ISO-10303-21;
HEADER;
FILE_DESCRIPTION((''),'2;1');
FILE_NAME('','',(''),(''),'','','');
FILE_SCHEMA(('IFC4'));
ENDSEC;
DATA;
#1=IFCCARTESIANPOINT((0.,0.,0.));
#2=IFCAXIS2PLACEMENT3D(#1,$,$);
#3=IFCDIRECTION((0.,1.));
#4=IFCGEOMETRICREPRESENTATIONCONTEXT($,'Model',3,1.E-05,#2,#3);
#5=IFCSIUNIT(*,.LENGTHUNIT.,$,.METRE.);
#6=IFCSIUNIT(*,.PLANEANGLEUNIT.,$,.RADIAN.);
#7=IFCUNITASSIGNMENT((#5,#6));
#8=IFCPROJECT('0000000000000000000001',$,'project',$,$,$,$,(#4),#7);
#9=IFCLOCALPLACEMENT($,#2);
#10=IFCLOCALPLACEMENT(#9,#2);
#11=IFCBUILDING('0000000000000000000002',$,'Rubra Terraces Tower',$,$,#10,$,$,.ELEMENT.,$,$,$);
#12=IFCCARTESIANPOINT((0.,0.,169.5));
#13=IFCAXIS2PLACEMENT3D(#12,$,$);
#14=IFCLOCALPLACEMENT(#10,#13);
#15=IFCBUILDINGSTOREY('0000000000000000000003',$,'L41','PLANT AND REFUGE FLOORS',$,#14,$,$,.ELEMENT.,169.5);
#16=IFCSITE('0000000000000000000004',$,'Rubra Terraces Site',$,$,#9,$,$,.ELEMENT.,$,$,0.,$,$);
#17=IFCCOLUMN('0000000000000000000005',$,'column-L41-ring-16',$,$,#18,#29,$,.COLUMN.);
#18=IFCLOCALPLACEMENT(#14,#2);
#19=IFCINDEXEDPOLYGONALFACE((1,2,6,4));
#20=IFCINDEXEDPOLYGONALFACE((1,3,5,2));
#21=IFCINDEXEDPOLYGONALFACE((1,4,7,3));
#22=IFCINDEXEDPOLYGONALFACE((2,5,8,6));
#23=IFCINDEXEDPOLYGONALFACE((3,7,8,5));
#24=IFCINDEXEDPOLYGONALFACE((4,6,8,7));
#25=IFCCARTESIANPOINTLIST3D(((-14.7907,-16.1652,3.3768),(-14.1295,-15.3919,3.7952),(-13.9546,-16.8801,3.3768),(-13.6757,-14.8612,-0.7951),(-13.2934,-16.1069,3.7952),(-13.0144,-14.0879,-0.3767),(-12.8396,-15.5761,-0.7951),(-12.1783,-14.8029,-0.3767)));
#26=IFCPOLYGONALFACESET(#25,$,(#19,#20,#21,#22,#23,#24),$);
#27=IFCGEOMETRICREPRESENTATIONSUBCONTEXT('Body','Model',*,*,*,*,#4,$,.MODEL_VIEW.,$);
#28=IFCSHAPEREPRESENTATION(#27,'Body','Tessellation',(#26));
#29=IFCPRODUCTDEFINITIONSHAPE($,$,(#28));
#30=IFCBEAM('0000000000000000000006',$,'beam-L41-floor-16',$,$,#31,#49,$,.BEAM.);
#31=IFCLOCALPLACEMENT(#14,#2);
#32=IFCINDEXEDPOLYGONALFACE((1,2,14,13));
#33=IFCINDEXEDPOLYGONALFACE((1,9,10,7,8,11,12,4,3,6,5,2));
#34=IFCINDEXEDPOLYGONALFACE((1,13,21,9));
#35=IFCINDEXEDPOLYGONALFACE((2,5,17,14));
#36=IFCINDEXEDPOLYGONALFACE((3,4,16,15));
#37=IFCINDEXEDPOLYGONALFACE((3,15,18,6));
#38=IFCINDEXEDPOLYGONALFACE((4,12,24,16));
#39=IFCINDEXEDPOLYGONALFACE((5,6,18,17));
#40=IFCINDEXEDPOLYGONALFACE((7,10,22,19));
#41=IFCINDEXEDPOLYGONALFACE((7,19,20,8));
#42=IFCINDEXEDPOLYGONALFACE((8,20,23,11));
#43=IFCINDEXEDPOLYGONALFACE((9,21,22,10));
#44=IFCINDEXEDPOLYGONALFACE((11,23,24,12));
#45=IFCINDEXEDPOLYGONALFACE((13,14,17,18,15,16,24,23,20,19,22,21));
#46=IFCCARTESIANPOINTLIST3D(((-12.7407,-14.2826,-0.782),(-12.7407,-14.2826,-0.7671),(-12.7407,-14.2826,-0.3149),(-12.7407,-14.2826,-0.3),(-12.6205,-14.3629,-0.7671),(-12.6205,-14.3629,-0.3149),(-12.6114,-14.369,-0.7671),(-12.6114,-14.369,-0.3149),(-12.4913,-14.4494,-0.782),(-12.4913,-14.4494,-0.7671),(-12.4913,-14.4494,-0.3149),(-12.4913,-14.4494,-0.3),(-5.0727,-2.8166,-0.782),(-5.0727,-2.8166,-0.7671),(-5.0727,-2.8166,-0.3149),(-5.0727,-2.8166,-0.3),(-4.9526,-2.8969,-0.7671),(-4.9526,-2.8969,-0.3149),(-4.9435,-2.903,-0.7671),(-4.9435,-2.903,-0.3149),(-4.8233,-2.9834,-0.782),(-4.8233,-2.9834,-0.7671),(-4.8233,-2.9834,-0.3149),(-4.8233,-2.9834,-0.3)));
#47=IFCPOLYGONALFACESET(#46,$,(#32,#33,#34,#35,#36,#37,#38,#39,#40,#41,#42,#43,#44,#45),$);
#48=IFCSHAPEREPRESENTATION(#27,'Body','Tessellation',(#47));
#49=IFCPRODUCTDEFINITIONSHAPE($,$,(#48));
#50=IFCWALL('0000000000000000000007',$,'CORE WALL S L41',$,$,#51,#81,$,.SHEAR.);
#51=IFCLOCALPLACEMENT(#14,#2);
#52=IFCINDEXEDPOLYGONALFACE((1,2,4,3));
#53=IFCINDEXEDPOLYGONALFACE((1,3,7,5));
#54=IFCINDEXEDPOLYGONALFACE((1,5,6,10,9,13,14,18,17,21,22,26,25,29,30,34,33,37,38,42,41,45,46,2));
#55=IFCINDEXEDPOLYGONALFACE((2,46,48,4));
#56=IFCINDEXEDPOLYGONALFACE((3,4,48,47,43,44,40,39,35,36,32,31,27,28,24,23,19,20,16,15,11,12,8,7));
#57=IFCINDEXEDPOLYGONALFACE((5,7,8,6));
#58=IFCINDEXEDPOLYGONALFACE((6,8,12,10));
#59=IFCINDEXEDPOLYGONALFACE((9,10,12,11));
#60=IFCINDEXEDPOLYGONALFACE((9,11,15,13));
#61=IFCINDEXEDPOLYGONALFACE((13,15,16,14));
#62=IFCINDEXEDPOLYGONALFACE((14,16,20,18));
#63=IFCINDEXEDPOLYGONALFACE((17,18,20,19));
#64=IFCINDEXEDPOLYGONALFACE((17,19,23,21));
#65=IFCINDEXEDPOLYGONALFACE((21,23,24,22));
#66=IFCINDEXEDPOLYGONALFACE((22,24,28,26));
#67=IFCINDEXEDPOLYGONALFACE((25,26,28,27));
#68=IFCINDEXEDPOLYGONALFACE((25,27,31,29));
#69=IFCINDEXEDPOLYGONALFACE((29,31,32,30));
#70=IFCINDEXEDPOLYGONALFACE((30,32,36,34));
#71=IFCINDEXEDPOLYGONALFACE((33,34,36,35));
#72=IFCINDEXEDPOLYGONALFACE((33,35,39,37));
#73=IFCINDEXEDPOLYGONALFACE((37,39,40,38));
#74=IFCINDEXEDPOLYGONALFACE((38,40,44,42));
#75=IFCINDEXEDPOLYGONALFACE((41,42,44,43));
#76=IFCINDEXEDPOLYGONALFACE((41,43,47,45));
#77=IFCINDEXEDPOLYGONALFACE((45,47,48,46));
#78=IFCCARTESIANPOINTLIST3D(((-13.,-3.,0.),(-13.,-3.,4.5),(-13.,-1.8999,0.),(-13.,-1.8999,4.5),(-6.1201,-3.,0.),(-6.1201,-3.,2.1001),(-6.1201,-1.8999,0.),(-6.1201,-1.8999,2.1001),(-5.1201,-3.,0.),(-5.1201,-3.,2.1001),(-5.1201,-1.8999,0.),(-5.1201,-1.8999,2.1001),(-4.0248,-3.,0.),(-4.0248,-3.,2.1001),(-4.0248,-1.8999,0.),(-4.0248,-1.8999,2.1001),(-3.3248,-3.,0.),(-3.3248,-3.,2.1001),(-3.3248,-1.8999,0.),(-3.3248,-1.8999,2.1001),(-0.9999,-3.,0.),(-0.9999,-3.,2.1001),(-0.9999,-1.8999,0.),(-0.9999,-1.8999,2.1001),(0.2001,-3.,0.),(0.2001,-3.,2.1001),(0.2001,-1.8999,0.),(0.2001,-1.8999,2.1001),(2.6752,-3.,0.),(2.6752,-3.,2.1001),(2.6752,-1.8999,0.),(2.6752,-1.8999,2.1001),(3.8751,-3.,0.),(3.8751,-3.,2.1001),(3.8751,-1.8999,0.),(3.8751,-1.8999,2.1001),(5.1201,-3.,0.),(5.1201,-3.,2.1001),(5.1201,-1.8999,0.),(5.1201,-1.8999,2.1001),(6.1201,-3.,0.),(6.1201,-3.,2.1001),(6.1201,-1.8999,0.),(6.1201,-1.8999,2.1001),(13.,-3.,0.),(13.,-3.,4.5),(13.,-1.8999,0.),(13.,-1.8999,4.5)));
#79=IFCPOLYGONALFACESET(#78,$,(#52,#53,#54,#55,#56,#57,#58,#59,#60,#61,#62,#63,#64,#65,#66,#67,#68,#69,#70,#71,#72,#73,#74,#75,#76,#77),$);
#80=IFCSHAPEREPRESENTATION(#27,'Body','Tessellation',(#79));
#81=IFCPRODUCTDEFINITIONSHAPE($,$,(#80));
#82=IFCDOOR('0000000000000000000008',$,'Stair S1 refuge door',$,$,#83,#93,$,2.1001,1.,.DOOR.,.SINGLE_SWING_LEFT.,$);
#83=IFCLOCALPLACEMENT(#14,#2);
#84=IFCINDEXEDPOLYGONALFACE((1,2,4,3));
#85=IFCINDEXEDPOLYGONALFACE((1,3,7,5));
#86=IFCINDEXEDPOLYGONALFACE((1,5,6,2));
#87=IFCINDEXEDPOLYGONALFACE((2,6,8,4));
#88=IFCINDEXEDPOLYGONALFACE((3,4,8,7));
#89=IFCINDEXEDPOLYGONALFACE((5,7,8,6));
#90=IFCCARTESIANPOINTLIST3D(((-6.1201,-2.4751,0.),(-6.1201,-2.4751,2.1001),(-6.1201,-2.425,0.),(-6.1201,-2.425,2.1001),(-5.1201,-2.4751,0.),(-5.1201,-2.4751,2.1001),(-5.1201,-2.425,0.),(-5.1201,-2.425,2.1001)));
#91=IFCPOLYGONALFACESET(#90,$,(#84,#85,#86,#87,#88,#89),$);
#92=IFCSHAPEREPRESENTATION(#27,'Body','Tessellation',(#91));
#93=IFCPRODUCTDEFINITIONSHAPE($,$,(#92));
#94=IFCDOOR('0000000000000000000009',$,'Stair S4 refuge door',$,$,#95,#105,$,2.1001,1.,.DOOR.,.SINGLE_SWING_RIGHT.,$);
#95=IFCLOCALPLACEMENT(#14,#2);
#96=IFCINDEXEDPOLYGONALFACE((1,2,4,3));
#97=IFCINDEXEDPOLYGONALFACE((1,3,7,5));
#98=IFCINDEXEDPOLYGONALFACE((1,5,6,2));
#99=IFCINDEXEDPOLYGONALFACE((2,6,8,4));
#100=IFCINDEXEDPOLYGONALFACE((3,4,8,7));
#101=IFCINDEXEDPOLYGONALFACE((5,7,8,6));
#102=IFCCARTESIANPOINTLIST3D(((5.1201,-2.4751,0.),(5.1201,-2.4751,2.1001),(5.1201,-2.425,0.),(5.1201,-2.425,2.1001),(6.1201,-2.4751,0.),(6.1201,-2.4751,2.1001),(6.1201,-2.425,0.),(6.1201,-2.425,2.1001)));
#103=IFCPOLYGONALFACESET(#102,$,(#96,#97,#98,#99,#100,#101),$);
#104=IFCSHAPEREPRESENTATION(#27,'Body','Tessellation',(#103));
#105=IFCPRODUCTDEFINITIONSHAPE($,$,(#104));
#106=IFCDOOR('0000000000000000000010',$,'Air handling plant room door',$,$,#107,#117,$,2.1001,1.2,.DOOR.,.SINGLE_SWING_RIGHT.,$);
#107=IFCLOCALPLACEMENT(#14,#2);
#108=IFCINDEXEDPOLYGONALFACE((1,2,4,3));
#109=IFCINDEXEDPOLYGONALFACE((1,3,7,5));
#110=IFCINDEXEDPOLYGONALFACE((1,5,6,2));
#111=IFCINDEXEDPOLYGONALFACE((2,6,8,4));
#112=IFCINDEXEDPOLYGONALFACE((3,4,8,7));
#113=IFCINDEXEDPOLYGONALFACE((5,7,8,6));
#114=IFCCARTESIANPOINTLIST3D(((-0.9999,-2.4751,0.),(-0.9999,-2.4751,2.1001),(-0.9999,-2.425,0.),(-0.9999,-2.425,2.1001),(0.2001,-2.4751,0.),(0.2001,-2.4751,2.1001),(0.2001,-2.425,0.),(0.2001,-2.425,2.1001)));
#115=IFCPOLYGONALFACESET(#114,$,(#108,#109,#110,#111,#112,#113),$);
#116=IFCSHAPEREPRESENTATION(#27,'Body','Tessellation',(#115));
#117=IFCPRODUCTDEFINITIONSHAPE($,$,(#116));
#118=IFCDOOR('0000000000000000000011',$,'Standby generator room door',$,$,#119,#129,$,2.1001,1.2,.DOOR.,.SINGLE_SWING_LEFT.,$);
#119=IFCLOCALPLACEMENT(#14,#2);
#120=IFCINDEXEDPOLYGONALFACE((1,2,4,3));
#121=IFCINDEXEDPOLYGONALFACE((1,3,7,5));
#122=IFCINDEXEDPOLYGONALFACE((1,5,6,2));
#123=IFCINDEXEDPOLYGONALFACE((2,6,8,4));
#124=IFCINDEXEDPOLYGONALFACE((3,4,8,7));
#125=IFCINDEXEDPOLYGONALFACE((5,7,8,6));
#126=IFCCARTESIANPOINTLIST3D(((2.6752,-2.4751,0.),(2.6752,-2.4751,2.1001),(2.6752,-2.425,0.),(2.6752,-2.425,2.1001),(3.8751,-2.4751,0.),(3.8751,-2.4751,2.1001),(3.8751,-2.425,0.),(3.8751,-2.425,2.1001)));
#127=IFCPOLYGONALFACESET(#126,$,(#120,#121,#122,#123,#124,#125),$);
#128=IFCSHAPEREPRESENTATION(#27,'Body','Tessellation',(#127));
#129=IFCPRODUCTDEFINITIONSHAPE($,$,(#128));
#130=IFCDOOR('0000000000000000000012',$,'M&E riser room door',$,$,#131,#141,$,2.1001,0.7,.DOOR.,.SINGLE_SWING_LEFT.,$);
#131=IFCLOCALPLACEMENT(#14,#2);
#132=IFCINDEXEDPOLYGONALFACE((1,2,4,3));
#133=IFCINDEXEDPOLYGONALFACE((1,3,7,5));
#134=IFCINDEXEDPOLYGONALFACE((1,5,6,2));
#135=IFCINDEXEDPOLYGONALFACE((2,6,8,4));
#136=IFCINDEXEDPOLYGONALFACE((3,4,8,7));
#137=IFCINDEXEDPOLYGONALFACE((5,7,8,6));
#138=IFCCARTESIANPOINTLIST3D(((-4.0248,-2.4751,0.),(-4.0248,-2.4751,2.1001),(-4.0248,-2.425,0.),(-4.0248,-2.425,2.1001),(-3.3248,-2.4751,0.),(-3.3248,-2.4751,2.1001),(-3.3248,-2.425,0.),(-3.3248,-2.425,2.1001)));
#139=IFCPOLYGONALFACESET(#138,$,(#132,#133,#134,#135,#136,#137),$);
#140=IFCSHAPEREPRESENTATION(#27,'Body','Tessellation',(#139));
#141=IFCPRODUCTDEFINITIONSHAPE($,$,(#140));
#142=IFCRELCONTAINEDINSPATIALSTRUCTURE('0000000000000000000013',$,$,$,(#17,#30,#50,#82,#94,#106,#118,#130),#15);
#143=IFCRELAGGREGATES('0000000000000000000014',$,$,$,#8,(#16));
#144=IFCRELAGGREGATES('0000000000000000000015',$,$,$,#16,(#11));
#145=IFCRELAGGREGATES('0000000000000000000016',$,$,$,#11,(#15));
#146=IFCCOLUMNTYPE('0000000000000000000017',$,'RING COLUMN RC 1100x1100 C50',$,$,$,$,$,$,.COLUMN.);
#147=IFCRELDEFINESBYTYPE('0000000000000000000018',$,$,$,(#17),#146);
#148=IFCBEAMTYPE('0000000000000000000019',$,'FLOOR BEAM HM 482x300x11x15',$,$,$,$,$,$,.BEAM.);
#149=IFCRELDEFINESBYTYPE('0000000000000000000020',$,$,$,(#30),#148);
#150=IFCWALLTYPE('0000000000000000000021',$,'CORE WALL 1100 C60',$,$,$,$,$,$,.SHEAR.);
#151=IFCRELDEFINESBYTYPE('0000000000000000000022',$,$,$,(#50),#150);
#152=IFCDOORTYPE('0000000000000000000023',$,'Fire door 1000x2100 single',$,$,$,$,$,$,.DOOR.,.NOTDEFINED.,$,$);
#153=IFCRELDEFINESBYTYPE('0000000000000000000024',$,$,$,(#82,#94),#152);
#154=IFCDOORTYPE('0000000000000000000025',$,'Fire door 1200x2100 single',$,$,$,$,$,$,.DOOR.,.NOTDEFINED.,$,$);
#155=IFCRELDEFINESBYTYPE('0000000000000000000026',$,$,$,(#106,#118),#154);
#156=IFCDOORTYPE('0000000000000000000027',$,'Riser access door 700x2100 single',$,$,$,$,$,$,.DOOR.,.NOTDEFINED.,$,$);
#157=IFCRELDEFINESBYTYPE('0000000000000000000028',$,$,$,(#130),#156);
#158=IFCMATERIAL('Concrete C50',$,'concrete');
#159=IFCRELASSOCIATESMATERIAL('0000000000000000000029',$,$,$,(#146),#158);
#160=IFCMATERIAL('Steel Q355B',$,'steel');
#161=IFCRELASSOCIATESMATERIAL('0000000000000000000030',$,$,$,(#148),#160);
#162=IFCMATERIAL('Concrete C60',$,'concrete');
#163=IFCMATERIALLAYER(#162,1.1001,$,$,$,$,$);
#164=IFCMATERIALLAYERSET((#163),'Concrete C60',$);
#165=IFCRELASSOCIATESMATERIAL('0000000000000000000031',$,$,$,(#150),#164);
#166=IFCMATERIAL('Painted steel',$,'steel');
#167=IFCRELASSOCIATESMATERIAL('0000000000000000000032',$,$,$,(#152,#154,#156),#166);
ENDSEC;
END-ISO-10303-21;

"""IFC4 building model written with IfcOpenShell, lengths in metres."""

from ifc_helpers import new_model, si_unit, direction, frame, frame_2d, origin, origin_2d, place, context, subcontext, project, spatial, rectangle, i_section, extrude, material, layer, layer_set, material_profile, profile_set, type_object, element, fill, save


model = new_model("IFC4")

# Units and contexts
model_context = context("Model", 3, precision=1e-05, world=origin(), true_north=direction((0.0, 1.0)))
body_context = subcontext(model_context, "Body", "Model", "MODEL_VIEW")
ifc_project = project(units=[si_unit("LENGTHUNIT", "METRE"), si_unit("PLANEANGLEUNIT", "RADIAN")], contexts=[model_context])

# Site, building, storey
site_placement = place(None, origin())
site = spatial("IfcSite", under=ifc_project, at=site_placement, Name="Rubra Terraces Site", CompositionType="ELEMENT", RefElevation=0.0)
building_placement = place(site_placement, origin())
building = spatial("IfcBuilding", under=site, at=building_placement, Name="Rubra Terraces Tower", CompositionType="ELEMENT")
storey_placement = place(building_placement, frame((0.0, 0.0, 169.5)))
storey = spatial("IfcBuildingStorey", under=building, at=storey_placement, Name="L41", Description="PLANT AND REFUGE FLOORS", CompositionType="ELEMENT", Elevation=169.5)

# Column
ifc_material_1 = material(Name="Concrete C50", Category="concrete")
ifc_material_profile_1 = material_profile(ifc_material_1, rectangle(XDim=1.1001, YDim=1.1001, at=origin_2d()), Name="RC 1100x1100")
ifc_profile_set_1 = profile_set([ifc_material_profile_1], Name="Concrete C50")
column_type = type_object("IfcColumnType", Name="RING COLUMN RC 1100x1100 C50", PredefinedType="COLUMN", material=ifc_profile_set_1)
column_placement = place(storey_placement, frame((-12.927, -14.832, -0.5859), z_axis=(-0.247178, -0.289069, 0.924847), x_axis=(0.76003, -0.649889, 0.0)))
element("IfcColumn", 1, at=column_placement, inside=storey, type_object=column_type, Name="column-L41-ring-16", PredefinedType="COLUMN", context=body_context, shape_type="SweptSolid", body=[
    extrude(rectangle(XDim=1.1001, YDim=1.1001, at=origin_2d()), origin(), (0.0, 0.0, 1.0), 4.511),
])

# Beam
ifc_material_2 = material(Name="Steel Q355B", Category="steel")
ifc_material_profile_2 = material_profile(ifc_material_2, i_section(OverallWidth=0.3, OverallDepth=0.4819, WebThickness=0.011, FlangeThickness=0.0149, at=origin_2d()), Name="HM 482x300x11x15")
ifc_profile_set_2 = profile_set([ifc_material_profile_2], Name="Steel Q355B")
beam_type = type_object("IfcBeamType", Name="FLOOR BEAM HM 482x300x11x15", PredefinedType="BEAM", material=ifc_profile_set_2)
beam_placement = place(storey_placement, frame((-12.616, -14.366, -0.541), z_axis=(0.5559, 0.831249, 0.0), x_axis=(-0.831249, 0.5559, 0.0)))
element("IfcBeam", 2, at=beam_placement, inside=storey, type_object=beam_type, Name="beam-L41-floor-16", PredefinedType="BEAM", context=body_context, shape_type="SweptSolid", body=[
    extrude(i_section(OverallWidth=0.3, OverallDepth=0.4819, WebThickness=0.011, FlangeThickness=0.0149, at=origin_2d()), origin(), (0.0, 0.0, 1.0), 13.7937),
])

# Wall, openings, doors
ifc_material_3 = material(Name="Concrete C60", Category="concrete")
ifc_layer_1 = layer(ifc_material_3, 1.1001)
ifc_layer_set_1 = layer_set([ifc_layer_1], Name="Concrete C60")
wall_type_1 = type_object("IfcWallType", Name="CORE WALL 1100 C60", PredefinedType="SHEAR", material=ifc_layer_set_1)
wall_1_placement = place(storey_placement, frame((-13.0, -2.45, 0.0), z_axis=(0.0, 0.0, 1.0), x_axis=(1.0, 0.0, 0.0)))
wall_1 = element("IfcWall", 3, at=wall_1_placement, inside=storey, type_object=wall_type_1, Name="CORE WALL S L41", PredefinedType="SHEAR", context=body_context, shape_type="SweptSolid", body=[
    extrude(rectangle(XDim=26.0, YDim=1.1001, at=frame_2d((13.0, 0.0))), origin(), (0.0, 0.0, 1.0), 4.5),
])
opening_1_placement = place(wall_1_placement, frame((8.9751, 0.0, 0.0)))
opening_1 = element("IfcOpeningElement", 4, at=opening_1_placement, cuts=wall_1, PredefinedType="OPENING", context=body_context, shape_type="SweptSolid", body=[
    extrude(rectangle(XDim=0.7, YDim=2.1001, at=frame_2d((0.3501, 1.05))), frame((0.0, 0.5601, 0.0), z_axis=(0.0, -1.0, 0.0), x_axis=(1.0, 0.0, 0.0)), (0.0, 0.0, 1.0), 1.1201),
])
opening_2_placement = place(wall_1_placement, frame((12.0, 0.0, 0.0)))
opening_2 = element("IfcOpeningElement", 5, at=opening_2_placement, cuts=wall_1, PredefinedType="OPENING", context=body_context, shape_type="SweptSolid", body=[
    extrude(rectangle(XDim=1.2, YDim=2.1001, at=frame_2d((0.6001, 1.05))), frame((0.0, 0.5601, 0.0), z_axis=(0.0, -1.0, 0.0), x_axis=(1.0, 0.0, 0.0)), (0.0, 0.0, 1.0), 1.1201),
])
opening_3_placement = place(wall_1_placement, frame((15.675, 0.0, 0.0)))
opening_3 = element("IfcOpeningElement", 6, at=opening_3_placement, cuts=wall_1, PredefinedType="OPENING", context=body_context, shape_type="SweptSolid", body=[
    extrude(rectangle(XDim=1.2, YDim=2.1001, at=frame_2d((0.6001, 1.05))), frame((0.0, 0.5601, 0.0), z_axis=(0.0, -1.0, 0.0), x_axis=(1.0, 0.0, 0.0)), (0.0, 0.0, 1.0), 1.1201),
])
opening_4_placement = place(wall_1_placement, frame((6.8799, 0.0, 0.0)))
opening_4 = element("IfcOpeningElement", 7, at=opening_4_placement, cuts=wall_1, PredefinedType="OPENING", context=body_context, shape_type="SweptSolid", body=[
    extrude(rectangle(XDim=1.0, YDim=2.1001, at=frame_2d((0.5, 1.05))), frame((0.0, 0.5601, 0.0), z_axis=(0.0, -1.0, 0.0), x_axis=(1.0, 0.0, 0.0)), (0.0, 0.0, 1.0), 1.1201),
])
opening_5_placement = place(wall_1_placement, frame((18.1201, 0.0, 0.0)))
opening_5 = element("IfcOpeningElement", 8, at=opening_5_placement, cuts=wall_1, PredefinedType="OPENING", context=body_context, shape_type="SweptSolid", body=[
    extrude(rectangle(XDim=1.0, YDim=2.1001, at=frame_2d((0.5, 1.05))), frame((0.0, 0.5601, 0.0), z_axis=(0.0, -1.0, 0.0), x_axis=(1.0, 0.0, 0.0)), (0.0, 0.0, 1.0), 1.1201),
])
ifc_material_4 = material(Name="Painted steel", Category="steel")
door_type_1 = type_object("IfcDoorType", Name="Fire door 1000x2100 single", OperationType="NOTDEFINED", PredefinedType="DOOR", material=ifc_material_4)
door_1_placement = place(opening_4_placement, origin())
door_1 = element("IfcDoor", 9, at=door_1_placement, inside=storey, type_object=door_type_1, Name="Stair S1 refuge door", OperationType="SINGLE_SWING_LEFT", OverallHeight=2.1001, OverallWidth=1.0, PredefinedType="DOOR", context=body_context, shape_type="SweptSolid", body=[
    extrude(rectangle(XDim=1.0, YDim=2.1001, at=frame_2d((0.5, 1.05))), frame((0.0, 0.0249, 0.0), z_axis=(0.0, -1.0, 0.0), x_axis=(1.0, 0.0, 0.0)), (0.0, 0.0, 1.0), 0.05),
])
fill(opening_4, door_1)
door_2_placement = place(opening_5_placement, origin())
door_2 = element("IfcDoor", 10, at=door_2_placement, inside=storey, type_object=door_type_1, Name="Stair S4 refuge door", OperationType="SINGLE_SWING_RIGHT", OverallHeight=2.1001, OverallWidth=1.0, PredefinedType="DOOR", context=body_context, shape_type="SweptSolid", body=[
    extrude(rectangle(XDim=1.0, YDim=2.1001, at=frame_2d((0.5, 1.05))), frame((0.0, 0.0249, 0.0), z_axis=(0.0, -1.0, 0.0), x_axis=(1.0, 0.0, 0.0)), (0.0, 0.0, 1.0), 0.05),
])
fill(opening_5, door_2)
door_type_2 = type_object("IfcDoorType", Name="Fire door 1200x2100 single", OperationType="NOTDEFINED", PredefinedType="DOOR", material=ifc_material_4)
door_3_placement = place(opening_2_placement, origin())
door_3 = element("IfcDoor", 11, at=door_3_placement, inside=storey, type_object=door_type_2, Name="Air handling plant room door", OperationType="SINGLE_SWING_RIGHT", OverallHeight=2.1001, OverallWidth=1.2, PredefinedType="DOOR", context=body_context, shape_type="SweptSolid", body=[
    extrude(rectangle(XDim=1.2, YDim=2.1001, at=frame_2d((0.6001, 1.05))), frame((0.0, 0.0249, 0.0), z_axis=(0.0, -1.0, 0.0), x_axis=(1.0, 0.0, 0.0)), (0.0, 0.0, 1.0), 0.05),
])
fill(opening_2, door_3)
door_4_placement = place(opening_3_placement, origin())
door_4 = element("IfcDoor", 12, at=door_4_placement, inside=storey, type_object=door_type_2, Name="Standby generator room door", OperationType="SINGLE_SWING_LEFT", OverallHeight=2.1001, OverallWidth=1.2, PredefinedType="DOOR", context=body_context, shape_type="SweptSolid", body=[
    extrude(rectangle(XDim=1.2, YDim=2.1001, at=frame_2d((0.6001, 1.05))), frame((0.0, 0.0249, 0.0), z_axis=(0.0, -1.0, 0.0), x_axis=(1.0, 0.0, 0.0)), (0.0, 0.0, 1.0), 0.05),
])
fill(opening_3, door_4)
door_type_3 = type_object("IfcDoorType", Name="Riser access door 700x2100 single", OperationType="NOTDEFINED", PredefinedType="DOOR", material=ifc_material_4)
door_5_placement = place(opening_1_placement, origin())
door_5 = element("IfcDoor", 13, at=door_5_placement, inside=storey, type_object=door_type_3, Name="M&E riser room door", OperationType="SINGLE_SWING_LEFT", OverallHeight=2.1001, OverallWidth=0.7, PredefinedType="DOOR", context=body_context, shape_type="SweptSolid", body=[
    extrude(rectangle(XDim=0.7, YDim=2.1001, at=frame_2d((0.3501, 1.05))), frame((0.0, 0.0249, 0.0), z_axis=(0.0, -1.0, 0.0), x_axis=(1.0, 0.0, 0.0)), (0.0, 0.0, 1.0), 0.05),
])
fill(opening_1, door_5)

save(model, "model.ifc")
